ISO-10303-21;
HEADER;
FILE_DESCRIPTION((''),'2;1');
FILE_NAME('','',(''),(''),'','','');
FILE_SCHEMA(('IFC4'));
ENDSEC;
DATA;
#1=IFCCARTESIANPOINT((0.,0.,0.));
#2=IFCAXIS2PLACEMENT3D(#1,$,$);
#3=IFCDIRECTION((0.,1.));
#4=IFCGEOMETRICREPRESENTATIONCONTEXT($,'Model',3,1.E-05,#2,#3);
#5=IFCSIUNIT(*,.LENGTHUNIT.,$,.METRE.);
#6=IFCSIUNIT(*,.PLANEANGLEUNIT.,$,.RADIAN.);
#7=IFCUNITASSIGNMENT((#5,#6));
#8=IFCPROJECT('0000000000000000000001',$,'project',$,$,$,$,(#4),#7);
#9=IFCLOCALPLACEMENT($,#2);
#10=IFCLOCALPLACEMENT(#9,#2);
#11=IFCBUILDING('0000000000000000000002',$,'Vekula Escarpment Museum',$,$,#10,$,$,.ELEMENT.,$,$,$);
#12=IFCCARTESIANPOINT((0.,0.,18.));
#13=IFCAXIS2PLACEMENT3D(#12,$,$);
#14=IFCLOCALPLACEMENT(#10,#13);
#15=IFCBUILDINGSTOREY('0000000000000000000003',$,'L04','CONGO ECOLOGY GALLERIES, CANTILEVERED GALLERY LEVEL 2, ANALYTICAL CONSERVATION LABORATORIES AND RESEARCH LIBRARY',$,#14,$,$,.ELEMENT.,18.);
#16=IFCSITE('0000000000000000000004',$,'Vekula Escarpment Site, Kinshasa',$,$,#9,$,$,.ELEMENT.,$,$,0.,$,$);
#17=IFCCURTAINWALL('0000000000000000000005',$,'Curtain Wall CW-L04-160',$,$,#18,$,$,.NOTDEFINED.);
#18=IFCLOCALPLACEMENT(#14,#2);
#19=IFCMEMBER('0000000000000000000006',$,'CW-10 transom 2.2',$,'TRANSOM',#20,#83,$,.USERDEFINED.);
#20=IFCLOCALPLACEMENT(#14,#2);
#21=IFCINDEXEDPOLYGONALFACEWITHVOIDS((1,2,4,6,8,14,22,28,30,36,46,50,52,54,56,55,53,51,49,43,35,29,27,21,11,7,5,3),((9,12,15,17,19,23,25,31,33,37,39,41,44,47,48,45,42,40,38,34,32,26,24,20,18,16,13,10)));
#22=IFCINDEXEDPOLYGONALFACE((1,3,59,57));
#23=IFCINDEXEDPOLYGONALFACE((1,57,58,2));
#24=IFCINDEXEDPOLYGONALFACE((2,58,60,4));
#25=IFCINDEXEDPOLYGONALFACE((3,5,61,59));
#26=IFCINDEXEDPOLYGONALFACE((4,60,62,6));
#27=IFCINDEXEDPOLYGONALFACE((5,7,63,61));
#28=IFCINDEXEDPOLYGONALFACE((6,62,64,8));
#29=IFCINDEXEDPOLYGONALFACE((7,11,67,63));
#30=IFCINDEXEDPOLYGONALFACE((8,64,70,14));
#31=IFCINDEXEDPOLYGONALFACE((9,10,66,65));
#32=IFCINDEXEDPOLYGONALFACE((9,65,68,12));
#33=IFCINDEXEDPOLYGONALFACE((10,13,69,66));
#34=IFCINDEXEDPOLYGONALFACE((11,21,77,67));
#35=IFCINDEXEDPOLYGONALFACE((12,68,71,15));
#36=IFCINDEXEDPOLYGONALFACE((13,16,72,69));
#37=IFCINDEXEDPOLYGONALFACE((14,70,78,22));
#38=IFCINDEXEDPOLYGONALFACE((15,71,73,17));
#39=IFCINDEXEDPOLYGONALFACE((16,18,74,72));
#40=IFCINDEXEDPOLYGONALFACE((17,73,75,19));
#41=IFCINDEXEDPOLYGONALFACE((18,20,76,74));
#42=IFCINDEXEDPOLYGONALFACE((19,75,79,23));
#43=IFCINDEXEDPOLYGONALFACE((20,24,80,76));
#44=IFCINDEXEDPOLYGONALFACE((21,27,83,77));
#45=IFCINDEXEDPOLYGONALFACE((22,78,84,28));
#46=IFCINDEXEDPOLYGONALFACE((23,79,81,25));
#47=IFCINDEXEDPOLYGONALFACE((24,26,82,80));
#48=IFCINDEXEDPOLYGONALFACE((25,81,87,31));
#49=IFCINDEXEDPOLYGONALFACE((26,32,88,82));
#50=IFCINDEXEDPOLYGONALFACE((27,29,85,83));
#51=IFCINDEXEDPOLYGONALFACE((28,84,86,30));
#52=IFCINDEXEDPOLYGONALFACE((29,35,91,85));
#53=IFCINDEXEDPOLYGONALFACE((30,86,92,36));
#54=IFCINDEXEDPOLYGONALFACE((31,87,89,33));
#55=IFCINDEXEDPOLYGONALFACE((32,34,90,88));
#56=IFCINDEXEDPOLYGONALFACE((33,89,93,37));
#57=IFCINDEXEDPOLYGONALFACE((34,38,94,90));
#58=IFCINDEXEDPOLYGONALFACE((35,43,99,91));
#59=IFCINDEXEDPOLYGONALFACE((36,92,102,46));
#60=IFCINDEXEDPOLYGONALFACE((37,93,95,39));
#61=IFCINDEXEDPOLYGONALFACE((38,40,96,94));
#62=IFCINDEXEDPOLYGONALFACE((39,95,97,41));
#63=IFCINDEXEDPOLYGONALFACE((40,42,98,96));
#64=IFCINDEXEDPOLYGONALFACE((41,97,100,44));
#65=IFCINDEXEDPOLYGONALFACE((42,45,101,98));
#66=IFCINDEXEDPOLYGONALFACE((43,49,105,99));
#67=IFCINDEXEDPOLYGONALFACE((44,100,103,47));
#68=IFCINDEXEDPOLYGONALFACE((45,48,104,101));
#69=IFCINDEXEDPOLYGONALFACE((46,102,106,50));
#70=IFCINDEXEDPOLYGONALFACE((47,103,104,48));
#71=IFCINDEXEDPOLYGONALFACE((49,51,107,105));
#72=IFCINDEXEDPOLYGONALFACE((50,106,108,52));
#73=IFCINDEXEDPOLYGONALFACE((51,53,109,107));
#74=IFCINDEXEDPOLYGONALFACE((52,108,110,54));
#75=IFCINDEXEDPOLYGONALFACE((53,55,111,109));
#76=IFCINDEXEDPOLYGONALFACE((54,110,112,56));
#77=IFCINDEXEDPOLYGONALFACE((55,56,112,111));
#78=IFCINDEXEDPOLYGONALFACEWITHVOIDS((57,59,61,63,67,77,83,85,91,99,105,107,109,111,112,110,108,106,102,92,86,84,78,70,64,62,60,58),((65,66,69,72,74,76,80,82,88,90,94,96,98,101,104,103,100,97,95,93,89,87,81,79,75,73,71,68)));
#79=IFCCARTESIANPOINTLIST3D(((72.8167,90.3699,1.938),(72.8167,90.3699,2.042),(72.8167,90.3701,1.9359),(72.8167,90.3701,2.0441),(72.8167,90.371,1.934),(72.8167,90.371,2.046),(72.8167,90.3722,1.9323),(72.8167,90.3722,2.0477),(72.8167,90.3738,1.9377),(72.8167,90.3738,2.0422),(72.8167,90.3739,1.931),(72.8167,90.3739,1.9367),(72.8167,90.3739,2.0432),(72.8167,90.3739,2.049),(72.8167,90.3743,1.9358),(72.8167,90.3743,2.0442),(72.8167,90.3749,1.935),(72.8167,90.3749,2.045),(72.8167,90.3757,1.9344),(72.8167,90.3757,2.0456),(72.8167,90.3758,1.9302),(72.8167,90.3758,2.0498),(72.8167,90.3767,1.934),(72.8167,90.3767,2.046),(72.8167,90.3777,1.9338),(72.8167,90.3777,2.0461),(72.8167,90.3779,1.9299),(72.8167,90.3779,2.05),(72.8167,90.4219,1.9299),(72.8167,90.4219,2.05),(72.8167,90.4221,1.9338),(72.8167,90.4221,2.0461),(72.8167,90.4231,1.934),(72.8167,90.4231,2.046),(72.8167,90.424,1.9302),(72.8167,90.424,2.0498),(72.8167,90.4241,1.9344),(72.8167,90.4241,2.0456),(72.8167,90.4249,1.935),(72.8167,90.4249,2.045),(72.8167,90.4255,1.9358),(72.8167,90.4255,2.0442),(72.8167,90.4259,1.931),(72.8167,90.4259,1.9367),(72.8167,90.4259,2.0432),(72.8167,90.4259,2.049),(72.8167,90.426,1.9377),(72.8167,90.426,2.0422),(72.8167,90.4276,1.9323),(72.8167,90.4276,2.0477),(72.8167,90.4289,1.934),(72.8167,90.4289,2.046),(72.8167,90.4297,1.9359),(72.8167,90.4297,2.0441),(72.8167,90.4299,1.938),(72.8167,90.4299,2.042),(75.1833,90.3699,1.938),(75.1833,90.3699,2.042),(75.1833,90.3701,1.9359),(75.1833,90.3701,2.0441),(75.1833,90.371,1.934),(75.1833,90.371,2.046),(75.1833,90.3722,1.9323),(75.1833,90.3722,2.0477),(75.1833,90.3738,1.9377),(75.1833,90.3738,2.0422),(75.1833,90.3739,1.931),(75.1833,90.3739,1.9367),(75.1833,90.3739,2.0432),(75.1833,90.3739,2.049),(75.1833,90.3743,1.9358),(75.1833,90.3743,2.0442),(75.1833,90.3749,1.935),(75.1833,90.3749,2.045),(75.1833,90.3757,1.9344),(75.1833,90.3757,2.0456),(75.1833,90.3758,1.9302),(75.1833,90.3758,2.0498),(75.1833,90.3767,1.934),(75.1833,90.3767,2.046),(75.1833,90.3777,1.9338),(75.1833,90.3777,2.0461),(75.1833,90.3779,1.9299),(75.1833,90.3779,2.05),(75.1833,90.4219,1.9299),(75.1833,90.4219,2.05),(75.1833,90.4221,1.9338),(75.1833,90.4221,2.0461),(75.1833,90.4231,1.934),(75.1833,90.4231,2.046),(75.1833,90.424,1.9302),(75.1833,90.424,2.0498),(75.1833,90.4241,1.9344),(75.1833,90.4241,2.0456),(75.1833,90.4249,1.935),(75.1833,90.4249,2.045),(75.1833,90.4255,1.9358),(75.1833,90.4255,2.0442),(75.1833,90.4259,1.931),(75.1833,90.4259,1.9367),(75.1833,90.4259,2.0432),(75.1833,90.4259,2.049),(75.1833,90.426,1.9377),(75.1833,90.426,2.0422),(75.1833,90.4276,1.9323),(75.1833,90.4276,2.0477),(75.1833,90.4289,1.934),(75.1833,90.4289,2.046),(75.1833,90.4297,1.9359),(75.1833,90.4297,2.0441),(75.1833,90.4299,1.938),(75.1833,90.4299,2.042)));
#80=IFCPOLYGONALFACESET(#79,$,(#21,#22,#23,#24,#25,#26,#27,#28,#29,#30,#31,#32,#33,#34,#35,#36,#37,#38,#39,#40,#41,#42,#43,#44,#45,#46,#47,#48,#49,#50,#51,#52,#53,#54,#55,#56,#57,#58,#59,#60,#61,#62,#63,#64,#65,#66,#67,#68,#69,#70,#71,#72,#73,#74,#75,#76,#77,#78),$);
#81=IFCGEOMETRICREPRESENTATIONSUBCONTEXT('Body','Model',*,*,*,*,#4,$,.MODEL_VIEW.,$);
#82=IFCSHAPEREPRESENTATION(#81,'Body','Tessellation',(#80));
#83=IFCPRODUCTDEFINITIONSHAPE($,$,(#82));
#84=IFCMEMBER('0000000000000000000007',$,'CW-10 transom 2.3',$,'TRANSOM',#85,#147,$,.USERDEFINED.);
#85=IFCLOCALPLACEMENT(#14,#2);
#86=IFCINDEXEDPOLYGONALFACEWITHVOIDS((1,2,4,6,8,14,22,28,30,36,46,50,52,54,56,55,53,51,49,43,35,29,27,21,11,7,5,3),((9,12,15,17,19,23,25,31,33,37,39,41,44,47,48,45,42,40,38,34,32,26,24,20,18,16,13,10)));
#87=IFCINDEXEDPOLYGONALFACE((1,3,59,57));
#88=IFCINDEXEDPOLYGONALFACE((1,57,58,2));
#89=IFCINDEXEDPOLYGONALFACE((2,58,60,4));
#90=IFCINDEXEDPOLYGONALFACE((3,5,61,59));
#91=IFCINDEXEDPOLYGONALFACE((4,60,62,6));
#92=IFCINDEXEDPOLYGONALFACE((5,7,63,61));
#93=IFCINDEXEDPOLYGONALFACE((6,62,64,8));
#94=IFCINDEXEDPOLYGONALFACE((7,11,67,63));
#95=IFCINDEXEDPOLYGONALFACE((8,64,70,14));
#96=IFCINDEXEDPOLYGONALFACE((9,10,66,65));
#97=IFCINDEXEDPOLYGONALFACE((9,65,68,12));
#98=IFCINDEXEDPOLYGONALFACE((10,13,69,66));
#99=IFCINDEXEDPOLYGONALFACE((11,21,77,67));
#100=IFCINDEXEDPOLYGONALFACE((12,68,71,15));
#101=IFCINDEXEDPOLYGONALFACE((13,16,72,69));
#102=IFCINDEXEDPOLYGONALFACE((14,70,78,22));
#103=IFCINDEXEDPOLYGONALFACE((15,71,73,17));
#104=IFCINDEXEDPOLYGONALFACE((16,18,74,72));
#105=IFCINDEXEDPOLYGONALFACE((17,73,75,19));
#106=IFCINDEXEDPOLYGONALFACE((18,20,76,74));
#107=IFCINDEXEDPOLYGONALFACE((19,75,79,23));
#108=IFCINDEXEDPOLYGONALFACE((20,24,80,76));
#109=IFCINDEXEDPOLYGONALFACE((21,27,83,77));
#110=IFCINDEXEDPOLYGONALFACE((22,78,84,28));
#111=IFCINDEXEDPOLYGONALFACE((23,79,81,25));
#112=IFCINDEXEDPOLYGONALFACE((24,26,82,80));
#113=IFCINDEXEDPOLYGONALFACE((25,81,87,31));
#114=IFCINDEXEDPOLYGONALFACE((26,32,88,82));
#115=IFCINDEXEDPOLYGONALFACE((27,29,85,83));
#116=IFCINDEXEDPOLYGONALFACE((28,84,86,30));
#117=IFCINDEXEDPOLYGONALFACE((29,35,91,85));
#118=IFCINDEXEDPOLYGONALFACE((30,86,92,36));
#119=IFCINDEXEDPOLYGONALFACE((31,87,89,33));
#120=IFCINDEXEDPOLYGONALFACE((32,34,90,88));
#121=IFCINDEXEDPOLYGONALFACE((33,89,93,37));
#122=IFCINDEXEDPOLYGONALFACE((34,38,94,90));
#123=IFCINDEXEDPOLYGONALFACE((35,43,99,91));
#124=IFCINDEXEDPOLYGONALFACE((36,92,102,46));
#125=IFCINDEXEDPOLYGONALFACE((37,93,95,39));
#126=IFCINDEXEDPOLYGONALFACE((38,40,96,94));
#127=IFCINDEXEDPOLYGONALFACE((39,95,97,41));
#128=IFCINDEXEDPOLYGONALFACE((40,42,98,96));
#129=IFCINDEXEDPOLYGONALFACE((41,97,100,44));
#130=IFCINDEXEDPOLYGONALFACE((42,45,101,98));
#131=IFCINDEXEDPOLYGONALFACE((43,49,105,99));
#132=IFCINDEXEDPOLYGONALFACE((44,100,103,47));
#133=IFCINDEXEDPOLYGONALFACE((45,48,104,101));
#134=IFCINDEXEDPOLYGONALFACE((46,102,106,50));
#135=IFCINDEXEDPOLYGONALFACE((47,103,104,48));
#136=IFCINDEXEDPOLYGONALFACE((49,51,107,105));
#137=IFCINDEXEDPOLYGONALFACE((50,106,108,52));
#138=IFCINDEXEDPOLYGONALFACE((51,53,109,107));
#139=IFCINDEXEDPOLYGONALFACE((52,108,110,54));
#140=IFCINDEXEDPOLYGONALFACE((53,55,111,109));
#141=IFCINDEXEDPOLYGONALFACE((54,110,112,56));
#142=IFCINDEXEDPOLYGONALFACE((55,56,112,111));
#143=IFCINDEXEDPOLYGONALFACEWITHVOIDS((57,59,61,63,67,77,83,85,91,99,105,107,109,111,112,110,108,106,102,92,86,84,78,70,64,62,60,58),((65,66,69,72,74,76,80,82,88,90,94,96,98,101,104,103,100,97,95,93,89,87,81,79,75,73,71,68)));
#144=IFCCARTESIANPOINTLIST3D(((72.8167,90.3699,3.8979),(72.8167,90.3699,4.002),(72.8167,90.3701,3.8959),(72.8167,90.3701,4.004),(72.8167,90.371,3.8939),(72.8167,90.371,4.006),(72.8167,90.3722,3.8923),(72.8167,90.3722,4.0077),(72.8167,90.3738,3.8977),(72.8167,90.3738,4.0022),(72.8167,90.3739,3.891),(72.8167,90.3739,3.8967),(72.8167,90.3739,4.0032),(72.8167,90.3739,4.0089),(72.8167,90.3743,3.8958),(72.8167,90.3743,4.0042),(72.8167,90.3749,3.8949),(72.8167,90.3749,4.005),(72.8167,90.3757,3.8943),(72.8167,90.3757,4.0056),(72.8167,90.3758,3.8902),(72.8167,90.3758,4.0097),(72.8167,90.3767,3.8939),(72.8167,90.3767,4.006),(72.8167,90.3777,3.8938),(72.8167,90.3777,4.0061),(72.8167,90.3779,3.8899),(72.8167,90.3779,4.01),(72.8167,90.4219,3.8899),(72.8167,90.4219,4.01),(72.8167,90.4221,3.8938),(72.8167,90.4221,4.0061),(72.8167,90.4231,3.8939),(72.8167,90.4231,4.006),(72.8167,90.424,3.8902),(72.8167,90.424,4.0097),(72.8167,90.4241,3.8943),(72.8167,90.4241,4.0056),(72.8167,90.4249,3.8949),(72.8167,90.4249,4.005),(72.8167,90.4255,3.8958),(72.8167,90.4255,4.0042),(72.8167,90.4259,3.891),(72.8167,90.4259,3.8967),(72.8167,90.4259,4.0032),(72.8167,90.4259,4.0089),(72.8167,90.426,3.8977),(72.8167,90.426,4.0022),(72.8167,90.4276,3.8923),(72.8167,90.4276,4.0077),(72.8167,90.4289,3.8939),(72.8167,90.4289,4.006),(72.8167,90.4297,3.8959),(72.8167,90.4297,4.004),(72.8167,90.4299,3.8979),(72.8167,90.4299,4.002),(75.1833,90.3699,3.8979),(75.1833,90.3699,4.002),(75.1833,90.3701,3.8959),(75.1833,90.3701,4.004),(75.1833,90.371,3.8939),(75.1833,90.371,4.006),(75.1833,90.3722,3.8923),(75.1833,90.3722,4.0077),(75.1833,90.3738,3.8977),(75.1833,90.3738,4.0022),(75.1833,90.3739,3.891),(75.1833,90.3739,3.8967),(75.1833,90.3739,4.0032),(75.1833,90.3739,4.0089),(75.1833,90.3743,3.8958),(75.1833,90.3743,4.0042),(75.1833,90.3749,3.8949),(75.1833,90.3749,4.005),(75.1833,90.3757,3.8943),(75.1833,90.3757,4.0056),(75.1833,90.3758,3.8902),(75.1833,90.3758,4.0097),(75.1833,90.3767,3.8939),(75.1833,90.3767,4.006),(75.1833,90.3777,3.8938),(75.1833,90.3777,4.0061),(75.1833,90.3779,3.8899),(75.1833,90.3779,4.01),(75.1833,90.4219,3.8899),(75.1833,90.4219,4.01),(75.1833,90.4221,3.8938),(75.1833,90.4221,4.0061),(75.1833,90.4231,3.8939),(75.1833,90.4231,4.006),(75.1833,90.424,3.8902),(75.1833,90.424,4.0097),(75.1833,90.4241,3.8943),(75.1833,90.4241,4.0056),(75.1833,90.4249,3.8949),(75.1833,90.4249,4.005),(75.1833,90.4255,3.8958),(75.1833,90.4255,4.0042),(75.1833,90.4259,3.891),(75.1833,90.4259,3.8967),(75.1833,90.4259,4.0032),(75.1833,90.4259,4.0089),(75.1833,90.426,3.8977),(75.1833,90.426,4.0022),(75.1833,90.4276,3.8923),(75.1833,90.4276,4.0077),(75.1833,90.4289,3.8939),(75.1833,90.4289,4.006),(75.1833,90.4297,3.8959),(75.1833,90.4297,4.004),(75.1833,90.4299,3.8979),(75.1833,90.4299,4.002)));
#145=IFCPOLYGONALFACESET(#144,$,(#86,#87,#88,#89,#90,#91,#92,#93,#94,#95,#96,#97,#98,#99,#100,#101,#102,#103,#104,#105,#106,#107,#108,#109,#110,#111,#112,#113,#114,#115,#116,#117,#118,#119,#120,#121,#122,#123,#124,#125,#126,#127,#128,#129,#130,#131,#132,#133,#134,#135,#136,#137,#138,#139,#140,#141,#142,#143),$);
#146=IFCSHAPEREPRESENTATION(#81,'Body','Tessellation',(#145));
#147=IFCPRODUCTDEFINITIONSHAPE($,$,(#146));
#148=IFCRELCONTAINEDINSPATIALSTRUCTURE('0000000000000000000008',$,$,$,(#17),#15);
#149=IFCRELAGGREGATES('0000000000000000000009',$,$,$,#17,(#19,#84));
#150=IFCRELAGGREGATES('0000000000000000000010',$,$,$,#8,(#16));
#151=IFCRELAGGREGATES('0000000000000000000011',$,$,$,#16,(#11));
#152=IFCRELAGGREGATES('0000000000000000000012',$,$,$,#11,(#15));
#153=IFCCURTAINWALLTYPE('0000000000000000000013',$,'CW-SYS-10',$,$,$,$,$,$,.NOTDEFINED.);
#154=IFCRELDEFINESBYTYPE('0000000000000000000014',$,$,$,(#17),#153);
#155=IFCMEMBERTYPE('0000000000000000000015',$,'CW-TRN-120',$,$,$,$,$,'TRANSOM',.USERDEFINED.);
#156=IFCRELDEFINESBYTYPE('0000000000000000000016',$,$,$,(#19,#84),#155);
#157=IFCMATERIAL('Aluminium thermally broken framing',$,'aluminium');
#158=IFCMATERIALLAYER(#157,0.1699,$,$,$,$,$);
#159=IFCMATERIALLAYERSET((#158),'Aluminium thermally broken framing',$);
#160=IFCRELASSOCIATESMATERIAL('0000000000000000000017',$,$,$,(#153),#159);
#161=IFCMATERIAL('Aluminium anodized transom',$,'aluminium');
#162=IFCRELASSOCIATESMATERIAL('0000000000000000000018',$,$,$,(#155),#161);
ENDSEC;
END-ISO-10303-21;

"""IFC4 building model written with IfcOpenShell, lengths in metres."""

from ifc_helpers import new_model, si_unit, direction, frame, origin, origin_2d, place, context, subcontext, project, spatial, hollow_rectangle, extrude, material, layer, layer_set, material_profile, profile_set, type_object, element, aggregate, save


model = new_model("IFC4")

# Units and contexts
model_context = context("Model", 3, precision=1e-05, world=origin(), true_north=direction((0.0, 1.0)))
body_context = subcontext(model_context, "Body", "Model", "MODEL_VIEW")
ifc_project = project(units=[si_unit("LENGTHUNIT", "METRE"), si_unit("PLANEANGLEUNIT", "RADIAN")], contexts=[model_context])

# Site, building, storey
site_placement = place(None, origin())
site = spatial("IfcSite", under=ifc_project, at=site_placement, Name="Vekula Escarpment Site, Kinshasa", CompositionType="ELEMENT", RefElevation=0.0)
building_placement = place(site_placement, origin())
building = spatial("IfcBuilding", under=site, at=building_placement, Name="Vekula Escarpment Museum", CompositionType="ELEMENT")
storey_placement = place(building_placement, frame((0.0, 0.0, 18.0)))
storey = spatial("IfcBuildingStorey", under=building, at=storey_placement, Name="L04", Description="CONGO ECOLOGY GALLERIES, CANTILEVERED GALLERY LEVEL 2, ANALYTICAL CONSERVATION LABORATORIES AND RESEARCH LIBRARY", CompositionType="ELEMENT", Elevation=18.0)

# Curtain wall
ifc_material_1 = material(Name="Aluminium thermally broken framing", Category="aluminium")
ifc_layer_1 = layer(ifc_material_1, 0.1699)
ifc_layer_set_1 = layer_set([ifc_layer_1], Name="Aluminium thermally broken framing")
curtain_wall_type_1 = type_object("IfcCurtainWallType", Name="CW-SYS-10", PredefinedType="NOTDEFINED", material=ifc_layer_set_1)
curtain_wall_1_placement = place(storey_placement, origin())
curtain_wall_1 = element("IfcCurtainWall", 1, at=curtain_wall_1_placement, inside=storey, type_object=curtain_wall_type_1, Name="Curtain Wall CW-L04-160", PredefinedType="NOTDEFINED")

# Members
ifc_material_2 = material(Name="Aluminium anodized transom", Category="aluminium")
ifc_material_profile_1 = material_profile(ifc_material_2, hollow_rectangle(XDim=0.0601, YDim=0.1201, WallThickness=0.0039, InnerFilletRadius=0.0039, OuterFilletRadius=0.0081, at=origin_2d()), Name="ALU 120x60x4")
ifc_profile_set_1 = profile_set([ifc_material_profile_1], Name="Aluminium anodized transom")
member_type_1 = type_object("IfcMemberType", Name="CW-TRN-120", ElementType="TRANSOM", PredefinedType="USERDEFINED", material=ifc_profile_set_1)
member_1_placement = place(storey_placement, frame((75.1833, 90.3999, 1.99), z_axis=(-1.0, 0.0, 0.0), x_axis=(0.0, -1.0, 0.0)))
member_1 = element("IfcMember", 2, at=member_1_placement, type_object=member_type_1, Name="CW-10 transom 2.2", ObjectType="TRANSOM", PredefinedType="USERDEFINED", context=body_context, shape_type="SweptSolid", body=[
    extrude(hollow_rectangle(XDim=0.0601, YDim=0.1201, WallThickness=0.0039, InnerFilletRadius=0.0039, OuterFilletRadius=0.0081, at=origin_2d()), origin(), (0.0, 0.0, 1.0), 2.3667),
])
member_2_placement = place(storey_placement, frame((75.1833, 90.3999, 3.95), z_axis=(-1.0, 0.0, 0.0), x_axis=(0.0, -1.0, 0.0)))
member_2 = element("IfcMember", 3, at=member_2_placement, type_object=member_type_1, Name="CW-10 transom 2.3", ObjectType="TRANSOM", PredefinedType="USERDEFINED", context=body_context, shape_type="SweptSolid", body=[
    extrude(hollow_rectangle(XDim=0.0601, YDim=0.1201, WallThickness=0.0039, InnerFilletRadius=0.0039, OuterFilletRadius=0.0081, at=origin_2d()), origin(), (0.0, 0.0, 1.0), 2.3667),
])

aggregate(curtain_wall_1, [member_1, member_2])

save(model, "model.ifc")
